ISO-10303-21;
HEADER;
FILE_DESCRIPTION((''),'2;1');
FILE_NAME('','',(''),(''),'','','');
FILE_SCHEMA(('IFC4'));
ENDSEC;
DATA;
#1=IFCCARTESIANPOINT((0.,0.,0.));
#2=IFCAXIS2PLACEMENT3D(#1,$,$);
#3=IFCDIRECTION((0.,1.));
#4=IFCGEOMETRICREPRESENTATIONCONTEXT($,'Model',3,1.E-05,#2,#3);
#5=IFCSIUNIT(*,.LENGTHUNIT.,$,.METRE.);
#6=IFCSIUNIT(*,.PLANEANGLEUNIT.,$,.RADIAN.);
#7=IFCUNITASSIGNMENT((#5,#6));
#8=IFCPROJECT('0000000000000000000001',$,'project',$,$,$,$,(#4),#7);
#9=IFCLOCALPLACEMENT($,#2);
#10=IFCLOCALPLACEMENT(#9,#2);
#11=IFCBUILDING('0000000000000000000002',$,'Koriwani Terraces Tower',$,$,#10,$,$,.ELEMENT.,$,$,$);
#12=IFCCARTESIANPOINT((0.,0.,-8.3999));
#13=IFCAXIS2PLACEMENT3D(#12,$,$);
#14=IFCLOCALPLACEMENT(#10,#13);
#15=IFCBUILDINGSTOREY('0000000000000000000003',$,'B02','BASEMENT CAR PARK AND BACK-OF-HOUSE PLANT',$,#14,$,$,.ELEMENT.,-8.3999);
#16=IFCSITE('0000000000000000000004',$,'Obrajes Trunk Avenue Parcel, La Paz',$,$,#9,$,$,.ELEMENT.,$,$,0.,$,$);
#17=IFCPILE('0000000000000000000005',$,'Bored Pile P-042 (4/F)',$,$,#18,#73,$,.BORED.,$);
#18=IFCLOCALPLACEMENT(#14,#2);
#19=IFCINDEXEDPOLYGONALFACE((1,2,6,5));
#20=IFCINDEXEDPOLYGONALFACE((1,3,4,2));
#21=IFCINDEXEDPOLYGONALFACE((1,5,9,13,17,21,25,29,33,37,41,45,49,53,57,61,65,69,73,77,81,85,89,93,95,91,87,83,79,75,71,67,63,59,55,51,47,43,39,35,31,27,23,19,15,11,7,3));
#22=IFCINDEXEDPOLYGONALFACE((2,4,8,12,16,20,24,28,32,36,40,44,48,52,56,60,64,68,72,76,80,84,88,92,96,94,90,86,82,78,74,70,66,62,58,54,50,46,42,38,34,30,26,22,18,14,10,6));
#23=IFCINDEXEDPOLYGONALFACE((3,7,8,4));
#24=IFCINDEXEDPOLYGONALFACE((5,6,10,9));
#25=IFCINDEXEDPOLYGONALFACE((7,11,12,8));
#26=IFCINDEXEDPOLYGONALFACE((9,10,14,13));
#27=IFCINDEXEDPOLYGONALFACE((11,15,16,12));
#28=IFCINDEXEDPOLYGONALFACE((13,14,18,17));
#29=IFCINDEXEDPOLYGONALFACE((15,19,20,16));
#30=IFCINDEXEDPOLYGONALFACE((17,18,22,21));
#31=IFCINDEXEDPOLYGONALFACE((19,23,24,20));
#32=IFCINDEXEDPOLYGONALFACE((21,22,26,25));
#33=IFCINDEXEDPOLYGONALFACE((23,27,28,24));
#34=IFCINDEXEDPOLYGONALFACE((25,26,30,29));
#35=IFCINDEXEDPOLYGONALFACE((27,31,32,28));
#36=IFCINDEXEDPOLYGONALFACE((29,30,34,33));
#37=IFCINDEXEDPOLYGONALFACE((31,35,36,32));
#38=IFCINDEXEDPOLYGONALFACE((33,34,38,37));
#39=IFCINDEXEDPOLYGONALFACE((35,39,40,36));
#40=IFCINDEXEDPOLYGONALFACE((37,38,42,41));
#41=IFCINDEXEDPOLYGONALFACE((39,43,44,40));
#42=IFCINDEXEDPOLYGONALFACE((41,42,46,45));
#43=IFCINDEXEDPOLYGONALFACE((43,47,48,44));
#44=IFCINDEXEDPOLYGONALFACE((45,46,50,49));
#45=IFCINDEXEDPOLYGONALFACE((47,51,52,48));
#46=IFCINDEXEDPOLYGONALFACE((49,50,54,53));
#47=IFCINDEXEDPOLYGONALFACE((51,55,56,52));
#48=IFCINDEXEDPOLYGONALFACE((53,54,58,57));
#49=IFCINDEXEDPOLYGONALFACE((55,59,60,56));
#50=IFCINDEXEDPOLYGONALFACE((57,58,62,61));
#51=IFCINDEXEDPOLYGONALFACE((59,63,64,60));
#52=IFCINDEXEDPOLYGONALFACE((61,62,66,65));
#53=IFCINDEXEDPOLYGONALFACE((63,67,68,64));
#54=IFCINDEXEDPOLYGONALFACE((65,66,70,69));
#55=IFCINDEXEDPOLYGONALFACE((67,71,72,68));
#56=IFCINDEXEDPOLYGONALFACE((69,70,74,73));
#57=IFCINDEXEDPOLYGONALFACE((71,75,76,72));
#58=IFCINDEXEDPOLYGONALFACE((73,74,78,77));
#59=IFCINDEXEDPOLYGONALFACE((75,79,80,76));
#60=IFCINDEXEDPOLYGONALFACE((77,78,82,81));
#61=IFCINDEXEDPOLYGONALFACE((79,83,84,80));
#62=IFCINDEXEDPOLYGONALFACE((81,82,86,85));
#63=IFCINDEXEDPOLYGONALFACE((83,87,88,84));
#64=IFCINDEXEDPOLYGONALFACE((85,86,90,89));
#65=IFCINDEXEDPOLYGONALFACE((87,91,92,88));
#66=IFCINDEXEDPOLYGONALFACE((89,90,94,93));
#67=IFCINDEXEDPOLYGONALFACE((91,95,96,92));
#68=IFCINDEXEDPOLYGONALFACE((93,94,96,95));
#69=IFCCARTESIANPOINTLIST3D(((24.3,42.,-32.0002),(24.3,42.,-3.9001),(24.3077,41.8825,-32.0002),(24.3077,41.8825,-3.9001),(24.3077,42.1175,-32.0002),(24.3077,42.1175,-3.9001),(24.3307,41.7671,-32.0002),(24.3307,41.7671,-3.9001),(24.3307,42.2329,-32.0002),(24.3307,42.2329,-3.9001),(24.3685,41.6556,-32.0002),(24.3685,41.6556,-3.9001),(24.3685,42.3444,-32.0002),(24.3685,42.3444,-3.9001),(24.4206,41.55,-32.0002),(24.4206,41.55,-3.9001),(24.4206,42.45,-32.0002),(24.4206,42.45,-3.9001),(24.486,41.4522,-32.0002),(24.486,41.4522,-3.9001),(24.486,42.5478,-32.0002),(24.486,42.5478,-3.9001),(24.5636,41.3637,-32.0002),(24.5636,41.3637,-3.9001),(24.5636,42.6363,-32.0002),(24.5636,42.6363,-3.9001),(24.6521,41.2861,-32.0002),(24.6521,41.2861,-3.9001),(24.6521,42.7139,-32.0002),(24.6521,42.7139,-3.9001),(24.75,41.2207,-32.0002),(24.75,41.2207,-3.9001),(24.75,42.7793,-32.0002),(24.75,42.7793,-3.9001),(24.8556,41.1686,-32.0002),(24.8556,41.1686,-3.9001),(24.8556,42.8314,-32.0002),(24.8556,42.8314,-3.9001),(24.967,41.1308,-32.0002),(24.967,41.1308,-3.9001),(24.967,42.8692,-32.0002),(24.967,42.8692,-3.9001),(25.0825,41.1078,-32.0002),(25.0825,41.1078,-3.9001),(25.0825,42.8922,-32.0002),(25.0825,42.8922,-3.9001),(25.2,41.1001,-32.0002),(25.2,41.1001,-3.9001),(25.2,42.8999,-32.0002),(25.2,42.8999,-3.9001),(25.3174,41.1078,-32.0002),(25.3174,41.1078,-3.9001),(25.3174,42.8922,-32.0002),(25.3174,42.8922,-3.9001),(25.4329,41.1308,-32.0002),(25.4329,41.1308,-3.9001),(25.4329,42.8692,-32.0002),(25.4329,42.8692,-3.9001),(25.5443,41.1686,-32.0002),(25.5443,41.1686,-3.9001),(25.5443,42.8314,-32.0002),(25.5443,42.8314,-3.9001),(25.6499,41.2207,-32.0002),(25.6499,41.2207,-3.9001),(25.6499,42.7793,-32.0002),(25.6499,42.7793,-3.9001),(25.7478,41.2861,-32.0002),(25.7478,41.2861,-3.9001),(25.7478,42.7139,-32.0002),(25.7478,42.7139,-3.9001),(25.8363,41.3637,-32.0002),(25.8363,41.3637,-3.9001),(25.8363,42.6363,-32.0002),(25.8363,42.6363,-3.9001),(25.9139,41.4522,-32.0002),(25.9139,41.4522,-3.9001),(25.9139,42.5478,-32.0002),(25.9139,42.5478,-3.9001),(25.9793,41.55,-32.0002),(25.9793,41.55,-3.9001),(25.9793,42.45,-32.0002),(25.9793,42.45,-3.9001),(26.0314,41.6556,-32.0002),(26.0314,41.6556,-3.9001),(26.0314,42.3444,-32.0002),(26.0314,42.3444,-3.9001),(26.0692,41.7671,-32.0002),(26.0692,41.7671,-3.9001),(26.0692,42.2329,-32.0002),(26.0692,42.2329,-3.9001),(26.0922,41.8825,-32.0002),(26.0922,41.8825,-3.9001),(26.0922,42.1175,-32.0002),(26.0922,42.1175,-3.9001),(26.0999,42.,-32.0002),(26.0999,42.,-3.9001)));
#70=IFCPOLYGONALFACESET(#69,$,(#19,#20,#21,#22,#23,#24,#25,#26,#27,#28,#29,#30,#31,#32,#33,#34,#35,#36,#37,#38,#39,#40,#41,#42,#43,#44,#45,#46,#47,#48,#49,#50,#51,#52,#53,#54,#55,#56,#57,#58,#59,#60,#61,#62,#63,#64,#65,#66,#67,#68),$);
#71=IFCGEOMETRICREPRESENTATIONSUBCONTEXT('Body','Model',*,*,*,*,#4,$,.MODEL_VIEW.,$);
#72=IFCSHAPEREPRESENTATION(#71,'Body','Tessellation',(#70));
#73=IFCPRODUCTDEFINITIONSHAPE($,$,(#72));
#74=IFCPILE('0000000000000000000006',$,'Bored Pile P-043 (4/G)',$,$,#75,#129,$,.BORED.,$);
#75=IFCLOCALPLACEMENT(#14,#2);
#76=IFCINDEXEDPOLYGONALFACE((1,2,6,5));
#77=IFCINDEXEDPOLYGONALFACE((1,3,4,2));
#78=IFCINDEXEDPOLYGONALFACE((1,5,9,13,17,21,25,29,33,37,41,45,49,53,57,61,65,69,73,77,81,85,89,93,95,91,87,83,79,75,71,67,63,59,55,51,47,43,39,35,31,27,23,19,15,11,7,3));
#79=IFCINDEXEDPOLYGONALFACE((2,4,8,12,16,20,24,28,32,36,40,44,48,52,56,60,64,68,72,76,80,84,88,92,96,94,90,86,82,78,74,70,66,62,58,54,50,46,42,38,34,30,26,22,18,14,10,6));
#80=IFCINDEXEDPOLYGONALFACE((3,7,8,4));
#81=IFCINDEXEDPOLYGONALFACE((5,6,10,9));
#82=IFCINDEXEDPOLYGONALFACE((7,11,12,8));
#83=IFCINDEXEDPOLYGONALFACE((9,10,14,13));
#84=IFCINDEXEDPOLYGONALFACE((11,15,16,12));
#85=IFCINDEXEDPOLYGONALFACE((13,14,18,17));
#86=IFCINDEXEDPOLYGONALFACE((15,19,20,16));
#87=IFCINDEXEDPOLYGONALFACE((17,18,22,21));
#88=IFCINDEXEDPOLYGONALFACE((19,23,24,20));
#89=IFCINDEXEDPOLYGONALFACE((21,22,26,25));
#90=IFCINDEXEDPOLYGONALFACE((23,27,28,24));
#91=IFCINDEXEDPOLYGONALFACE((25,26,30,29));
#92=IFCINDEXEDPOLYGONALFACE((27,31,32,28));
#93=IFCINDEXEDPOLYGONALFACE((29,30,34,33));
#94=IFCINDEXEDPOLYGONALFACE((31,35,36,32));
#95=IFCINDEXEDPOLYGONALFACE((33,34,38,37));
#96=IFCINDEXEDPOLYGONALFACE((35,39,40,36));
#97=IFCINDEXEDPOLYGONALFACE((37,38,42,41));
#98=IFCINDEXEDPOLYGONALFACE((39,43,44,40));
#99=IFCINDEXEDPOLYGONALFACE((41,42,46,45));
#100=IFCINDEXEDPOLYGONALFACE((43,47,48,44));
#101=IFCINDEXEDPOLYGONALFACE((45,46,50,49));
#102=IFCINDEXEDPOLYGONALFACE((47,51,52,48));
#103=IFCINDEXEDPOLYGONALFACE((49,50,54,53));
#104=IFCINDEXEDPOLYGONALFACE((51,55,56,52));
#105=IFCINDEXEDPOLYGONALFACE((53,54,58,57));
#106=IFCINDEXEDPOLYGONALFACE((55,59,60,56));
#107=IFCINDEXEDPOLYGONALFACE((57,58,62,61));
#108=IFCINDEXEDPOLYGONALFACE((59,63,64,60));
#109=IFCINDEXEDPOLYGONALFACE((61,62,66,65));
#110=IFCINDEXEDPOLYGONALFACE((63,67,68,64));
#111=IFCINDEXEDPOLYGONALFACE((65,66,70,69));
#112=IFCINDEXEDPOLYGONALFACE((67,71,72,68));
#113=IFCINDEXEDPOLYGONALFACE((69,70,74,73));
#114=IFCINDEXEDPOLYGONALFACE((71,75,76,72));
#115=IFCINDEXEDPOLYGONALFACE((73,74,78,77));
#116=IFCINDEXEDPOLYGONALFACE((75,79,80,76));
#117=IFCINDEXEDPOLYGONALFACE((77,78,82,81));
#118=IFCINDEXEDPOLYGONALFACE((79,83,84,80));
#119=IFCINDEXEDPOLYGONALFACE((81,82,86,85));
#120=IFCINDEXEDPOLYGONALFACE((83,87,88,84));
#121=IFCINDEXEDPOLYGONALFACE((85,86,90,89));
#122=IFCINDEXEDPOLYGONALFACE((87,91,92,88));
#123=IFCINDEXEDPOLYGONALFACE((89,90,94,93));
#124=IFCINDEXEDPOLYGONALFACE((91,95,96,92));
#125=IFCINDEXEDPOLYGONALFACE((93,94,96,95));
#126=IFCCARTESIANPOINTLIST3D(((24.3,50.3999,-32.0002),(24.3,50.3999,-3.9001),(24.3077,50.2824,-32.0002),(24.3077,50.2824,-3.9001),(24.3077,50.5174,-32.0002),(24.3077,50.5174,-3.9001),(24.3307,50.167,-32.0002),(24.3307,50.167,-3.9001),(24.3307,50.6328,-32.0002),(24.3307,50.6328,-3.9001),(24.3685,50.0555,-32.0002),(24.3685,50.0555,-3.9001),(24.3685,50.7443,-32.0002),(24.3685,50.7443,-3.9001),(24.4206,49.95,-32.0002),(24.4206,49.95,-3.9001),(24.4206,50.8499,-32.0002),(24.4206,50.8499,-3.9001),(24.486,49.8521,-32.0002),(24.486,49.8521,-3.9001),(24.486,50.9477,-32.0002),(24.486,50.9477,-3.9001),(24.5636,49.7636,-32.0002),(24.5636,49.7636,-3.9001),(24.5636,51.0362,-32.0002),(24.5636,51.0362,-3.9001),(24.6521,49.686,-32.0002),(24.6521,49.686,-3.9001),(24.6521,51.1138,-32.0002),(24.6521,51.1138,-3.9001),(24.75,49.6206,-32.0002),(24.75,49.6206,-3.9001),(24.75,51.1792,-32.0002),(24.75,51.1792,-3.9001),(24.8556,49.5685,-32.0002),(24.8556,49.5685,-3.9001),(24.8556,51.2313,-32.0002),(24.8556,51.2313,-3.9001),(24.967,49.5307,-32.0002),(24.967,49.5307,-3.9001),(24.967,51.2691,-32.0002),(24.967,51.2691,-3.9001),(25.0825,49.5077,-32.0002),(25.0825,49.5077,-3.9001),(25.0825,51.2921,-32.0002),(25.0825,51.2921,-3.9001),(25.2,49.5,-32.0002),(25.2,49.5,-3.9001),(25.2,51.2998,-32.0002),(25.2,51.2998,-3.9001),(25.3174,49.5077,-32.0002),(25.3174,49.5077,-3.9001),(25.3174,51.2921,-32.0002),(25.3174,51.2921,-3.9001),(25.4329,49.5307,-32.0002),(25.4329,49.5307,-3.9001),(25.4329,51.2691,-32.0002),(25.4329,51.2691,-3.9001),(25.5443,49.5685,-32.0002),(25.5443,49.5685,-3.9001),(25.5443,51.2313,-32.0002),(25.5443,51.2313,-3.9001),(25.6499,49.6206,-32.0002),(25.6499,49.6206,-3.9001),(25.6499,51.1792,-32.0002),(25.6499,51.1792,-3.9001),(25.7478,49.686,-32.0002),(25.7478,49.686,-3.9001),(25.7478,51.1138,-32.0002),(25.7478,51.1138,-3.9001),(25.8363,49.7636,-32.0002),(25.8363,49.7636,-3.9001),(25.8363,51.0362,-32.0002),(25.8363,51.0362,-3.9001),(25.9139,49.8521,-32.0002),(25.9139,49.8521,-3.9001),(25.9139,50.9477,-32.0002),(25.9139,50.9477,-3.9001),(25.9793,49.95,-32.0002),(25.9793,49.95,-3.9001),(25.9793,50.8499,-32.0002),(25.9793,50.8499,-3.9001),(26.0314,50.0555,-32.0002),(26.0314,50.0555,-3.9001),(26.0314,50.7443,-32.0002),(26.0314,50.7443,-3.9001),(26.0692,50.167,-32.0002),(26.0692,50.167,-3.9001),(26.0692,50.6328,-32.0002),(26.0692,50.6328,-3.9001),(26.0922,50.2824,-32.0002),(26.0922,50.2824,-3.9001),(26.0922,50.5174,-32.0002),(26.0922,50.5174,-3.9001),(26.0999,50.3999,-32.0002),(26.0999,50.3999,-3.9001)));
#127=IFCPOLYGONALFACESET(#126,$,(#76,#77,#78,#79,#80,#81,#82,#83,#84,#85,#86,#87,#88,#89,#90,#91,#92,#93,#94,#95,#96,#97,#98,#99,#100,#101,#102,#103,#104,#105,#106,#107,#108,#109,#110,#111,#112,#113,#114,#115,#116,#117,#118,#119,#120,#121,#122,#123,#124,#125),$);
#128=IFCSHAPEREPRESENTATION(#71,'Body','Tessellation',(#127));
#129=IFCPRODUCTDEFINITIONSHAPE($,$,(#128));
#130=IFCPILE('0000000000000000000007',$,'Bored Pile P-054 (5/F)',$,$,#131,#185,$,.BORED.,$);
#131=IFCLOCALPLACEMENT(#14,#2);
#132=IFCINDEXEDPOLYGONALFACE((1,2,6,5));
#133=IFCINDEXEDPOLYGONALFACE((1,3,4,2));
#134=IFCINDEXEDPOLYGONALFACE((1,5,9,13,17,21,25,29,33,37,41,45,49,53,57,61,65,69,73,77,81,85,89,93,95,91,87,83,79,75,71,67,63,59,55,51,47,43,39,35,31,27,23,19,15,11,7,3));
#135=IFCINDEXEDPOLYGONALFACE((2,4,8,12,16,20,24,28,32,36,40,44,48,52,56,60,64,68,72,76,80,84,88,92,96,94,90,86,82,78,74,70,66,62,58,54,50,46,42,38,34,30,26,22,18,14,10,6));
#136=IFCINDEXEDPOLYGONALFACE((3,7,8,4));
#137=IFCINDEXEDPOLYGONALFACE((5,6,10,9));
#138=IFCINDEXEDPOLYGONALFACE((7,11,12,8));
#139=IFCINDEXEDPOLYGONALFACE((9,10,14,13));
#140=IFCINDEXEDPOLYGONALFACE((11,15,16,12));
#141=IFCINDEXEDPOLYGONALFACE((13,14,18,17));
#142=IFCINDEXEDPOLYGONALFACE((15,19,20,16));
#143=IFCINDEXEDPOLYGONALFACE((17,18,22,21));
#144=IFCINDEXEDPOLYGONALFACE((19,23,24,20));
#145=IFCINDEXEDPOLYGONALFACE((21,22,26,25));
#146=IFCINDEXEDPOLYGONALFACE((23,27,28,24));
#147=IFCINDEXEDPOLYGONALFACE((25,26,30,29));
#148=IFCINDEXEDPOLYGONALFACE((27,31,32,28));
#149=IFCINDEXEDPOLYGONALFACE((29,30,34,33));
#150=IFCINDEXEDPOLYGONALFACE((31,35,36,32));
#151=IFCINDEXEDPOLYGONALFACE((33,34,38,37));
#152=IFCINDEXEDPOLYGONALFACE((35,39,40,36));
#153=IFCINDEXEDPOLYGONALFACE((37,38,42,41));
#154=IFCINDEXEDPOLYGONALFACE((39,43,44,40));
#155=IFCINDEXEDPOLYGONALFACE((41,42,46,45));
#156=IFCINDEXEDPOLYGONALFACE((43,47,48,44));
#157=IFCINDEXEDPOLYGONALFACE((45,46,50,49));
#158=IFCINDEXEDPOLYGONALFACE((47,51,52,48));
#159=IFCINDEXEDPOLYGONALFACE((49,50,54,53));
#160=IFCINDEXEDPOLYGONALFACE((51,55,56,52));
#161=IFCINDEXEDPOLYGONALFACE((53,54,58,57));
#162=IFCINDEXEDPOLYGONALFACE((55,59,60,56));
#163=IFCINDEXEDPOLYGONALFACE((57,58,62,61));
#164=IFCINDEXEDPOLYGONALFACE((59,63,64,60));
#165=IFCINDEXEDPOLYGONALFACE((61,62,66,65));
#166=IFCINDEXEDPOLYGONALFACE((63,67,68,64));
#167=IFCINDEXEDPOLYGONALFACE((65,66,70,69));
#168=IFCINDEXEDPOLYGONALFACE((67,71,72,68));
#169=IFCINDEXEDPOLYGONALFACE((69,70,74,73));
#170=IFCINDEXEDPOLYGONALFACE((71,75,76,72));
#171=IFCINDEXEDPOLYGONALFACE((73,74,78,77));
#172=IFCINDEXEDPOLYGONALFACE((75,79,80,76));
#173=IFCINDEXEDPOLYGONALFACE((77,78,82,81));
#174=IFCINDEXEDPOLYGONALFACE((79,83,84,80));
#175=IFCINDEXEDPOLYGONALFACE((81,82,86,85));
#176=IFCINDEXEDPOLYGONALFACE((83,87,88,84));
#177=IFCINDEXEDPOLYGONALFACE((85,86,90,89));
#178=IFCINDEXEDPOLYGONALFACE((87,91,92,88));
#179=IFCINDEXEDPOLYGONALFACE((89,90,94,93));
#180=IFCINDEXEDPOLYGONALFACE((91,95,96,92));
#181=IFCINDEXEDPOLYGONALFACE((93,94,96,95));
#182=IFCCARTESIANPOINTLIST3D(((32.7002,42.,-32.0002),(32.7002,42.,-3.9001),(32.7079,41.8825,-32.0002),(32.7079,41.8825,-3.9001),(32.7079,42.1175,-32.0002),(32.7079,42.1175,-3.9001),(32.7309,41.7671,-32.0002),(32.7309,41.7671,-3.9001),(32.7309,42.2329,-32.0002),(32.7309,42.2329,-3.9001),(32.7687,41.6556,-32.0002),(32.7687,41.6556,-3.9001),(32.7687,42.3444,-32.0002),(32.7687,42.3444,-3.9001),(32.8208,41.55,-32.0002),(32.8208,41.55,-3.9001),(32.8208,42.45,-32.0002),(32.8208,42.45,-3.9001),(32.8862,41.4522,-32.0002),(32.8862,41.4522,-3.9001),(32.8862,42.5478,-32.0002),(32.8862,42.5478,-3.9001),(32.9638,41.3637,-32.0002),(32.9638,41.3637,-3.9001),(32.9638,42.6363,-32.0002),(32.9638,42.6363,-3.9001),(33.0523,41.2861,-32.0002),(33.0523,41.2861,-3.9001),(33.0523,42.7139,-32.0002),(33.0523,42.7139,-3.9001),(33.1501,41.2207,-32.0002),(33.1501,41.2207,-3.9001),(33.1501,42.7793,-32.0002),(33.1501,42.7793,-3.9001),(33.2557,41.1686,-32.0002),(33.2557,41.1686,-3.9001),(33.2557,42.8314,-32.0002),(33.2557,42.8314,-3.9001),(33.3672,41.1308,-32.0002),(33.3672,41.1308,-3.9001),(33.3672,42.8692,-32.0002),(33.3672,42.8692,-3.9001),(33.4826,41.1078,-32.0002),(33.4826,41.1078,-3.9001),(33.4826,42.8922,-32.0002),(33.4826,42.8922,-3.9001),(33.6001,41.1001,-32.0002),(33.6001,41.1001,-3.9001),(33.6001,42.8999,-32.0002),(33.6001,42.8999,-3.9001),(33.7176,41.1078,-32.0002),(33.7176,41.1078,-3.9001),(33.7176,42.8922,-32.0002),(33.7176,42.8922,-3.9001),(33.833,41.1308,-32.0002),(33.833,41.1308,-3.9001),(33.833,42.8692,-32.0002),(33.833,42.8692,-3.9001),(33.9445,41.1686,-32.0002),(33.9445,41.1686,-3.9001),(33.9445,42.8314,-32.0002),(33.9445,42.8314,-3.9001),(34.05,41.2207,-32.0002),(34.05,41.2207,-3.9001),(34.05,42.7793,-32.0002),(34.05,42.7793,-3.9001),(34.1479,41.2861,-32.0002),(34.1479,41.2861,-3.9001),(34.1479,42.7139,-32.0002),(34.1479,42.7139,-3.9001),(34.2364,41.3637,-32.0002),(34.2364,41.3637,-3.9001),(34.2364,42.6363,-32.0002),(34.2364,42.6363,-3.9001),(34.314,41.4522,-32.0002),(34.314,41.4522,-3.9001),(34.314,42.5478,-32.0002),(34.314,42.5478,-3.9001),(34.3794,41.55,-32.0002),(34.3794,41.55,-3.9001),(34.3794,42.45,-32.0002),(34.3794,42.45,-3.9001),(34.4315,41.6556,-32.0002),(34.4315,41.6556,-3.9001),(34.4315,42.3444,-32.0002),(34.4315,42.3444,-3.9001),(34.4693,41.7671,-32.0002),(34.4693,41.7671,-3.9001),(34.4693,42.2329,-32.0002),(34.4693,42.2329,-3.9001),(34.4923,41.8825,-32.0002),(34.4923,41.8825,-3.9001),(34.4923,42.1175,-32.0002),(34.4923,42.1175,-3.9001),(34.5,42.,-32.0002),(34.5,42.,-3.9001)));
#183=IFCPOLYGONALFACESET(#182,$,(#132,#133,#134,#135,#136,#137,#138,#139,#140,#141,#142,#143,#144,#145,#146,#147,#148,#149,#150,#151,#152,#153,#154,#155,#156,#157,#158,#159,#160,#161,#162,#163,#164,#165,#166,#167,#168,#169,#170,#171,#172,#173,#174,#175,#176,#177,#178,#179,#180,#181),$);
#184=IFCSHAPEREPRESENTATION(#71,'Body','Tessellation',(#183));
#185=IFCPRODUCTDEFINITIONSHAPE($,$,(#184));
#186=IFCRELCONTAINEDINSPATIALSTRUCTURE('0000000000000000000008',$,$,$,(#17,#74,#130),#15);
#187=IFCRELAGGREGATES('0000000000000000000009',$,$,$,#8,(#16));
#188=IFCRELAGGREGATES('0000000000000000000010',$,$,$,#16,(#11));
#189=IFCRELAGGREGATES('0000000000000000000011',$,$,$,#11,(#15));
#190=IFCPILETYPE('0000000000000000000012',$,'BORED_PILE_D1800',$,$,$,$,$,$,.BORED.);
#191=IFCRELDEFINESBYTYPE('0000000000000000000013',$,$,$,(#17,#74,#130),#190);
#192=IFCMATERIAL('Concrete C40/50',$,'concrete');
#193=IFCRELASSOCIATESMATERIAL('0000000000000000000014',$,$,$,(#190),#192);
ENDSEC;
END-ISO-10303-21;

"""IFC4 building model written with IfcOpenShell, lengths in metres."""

from ifc_helpers import new_model, si_unit, direction, frame, origin, origin_2d, place, context, subcontext, project, spatial, circle, extrude, material, material_profile, profile_set, type_object, element, save


model = new_model("IFC4")

# Units and contexts
model_context = context("Model", 3, precision=1e-05, world=origin(), true_north=direction((0.0, 1.0)))
body_context = subcontext(model_context, "Body", "Model", "MODEL_VIEW")
ifc_project = project(units=[si_unit("LENGTHUNIT", "METRE"), si_unit("PLANEANGLEUNIT", "RADIAN")], contexts=[model_context])

# Site, building, storey
site_placement = place(None, origin())
site = spatial("IfcSite", under=ifc_project, at=site_placement, Name="Obrajes Trunk Avenue Parcel, La Paz", CompositionType="ELEMENT", RefElevation=0.0)
building_placement = place(site_placement, origin())
building = spatial("IfcBuilding", under=site, at=building_placement, Name="Koriwani Terraces Tower", CompositionType="ELEMENT")
storey_placement = place(building_placement, frame((0.0, 0.0, -8.3999)))
storey = spatial("IfcBuildingStorey", under=building, at=storey_placement, Name="B02", Description="BASEMENT CAR PARK AND BACK-OF-HOUSE PLANT", CompositionType="ELEMENT", Elevation=-8.3999)

# Piles
ifc_material_1 = material(Name="Concrete C40/50", Category="concrete")
ifc_material_profile_1 = material_profile(ifc_material_1, circle(Radius=0.8999, at=origin_2d()), Name="Concrete C40/50")
ifc_profile_set_1 = profile_set([ifc_material_profile_1], Name="Concrete C40/50")
pile_type = type_object("IfcPileType", Name="BORED_PILE_D1800", PredefinedType="BORED", material=ifc_profile_set_1)
for number, where, z_axis, x_axis, name in (
    (1, (25.2, 42.0, -3.9001), (0.0, 0.0, -1.0), (1.0, 0.0, 0.0), "Bored Pile P-042 (4/F)"),
    (2, (25.2, 50.3999, -3.9001), (0.0, 0.0, -1.0), (1.0, 0.0, 0.0), "Bored Pile P-043 (4/G)"),
    (3, (33.6001, 42.0, -3.9001), (0.0, 0.0, -1.0), (1.0, 0.0, 0.0), "Bored Pile P-054 (5/F)"),
):
    element("IfcPile", number, at=place(storey_placement, frame(where, z_axis=z_axis, x_axis=x_axis)), inside=storey, type_object=pile_type, Name=name, PredefinedType="BORED", context=body_context, shape_type="SweptSolid", body=[
        extrude(circle(Radius=0.8999, at=origin_2d()), origin(), (0.0, 0.0, 1.0), 28.1001),
    ])

save(model, "model.ifc")
